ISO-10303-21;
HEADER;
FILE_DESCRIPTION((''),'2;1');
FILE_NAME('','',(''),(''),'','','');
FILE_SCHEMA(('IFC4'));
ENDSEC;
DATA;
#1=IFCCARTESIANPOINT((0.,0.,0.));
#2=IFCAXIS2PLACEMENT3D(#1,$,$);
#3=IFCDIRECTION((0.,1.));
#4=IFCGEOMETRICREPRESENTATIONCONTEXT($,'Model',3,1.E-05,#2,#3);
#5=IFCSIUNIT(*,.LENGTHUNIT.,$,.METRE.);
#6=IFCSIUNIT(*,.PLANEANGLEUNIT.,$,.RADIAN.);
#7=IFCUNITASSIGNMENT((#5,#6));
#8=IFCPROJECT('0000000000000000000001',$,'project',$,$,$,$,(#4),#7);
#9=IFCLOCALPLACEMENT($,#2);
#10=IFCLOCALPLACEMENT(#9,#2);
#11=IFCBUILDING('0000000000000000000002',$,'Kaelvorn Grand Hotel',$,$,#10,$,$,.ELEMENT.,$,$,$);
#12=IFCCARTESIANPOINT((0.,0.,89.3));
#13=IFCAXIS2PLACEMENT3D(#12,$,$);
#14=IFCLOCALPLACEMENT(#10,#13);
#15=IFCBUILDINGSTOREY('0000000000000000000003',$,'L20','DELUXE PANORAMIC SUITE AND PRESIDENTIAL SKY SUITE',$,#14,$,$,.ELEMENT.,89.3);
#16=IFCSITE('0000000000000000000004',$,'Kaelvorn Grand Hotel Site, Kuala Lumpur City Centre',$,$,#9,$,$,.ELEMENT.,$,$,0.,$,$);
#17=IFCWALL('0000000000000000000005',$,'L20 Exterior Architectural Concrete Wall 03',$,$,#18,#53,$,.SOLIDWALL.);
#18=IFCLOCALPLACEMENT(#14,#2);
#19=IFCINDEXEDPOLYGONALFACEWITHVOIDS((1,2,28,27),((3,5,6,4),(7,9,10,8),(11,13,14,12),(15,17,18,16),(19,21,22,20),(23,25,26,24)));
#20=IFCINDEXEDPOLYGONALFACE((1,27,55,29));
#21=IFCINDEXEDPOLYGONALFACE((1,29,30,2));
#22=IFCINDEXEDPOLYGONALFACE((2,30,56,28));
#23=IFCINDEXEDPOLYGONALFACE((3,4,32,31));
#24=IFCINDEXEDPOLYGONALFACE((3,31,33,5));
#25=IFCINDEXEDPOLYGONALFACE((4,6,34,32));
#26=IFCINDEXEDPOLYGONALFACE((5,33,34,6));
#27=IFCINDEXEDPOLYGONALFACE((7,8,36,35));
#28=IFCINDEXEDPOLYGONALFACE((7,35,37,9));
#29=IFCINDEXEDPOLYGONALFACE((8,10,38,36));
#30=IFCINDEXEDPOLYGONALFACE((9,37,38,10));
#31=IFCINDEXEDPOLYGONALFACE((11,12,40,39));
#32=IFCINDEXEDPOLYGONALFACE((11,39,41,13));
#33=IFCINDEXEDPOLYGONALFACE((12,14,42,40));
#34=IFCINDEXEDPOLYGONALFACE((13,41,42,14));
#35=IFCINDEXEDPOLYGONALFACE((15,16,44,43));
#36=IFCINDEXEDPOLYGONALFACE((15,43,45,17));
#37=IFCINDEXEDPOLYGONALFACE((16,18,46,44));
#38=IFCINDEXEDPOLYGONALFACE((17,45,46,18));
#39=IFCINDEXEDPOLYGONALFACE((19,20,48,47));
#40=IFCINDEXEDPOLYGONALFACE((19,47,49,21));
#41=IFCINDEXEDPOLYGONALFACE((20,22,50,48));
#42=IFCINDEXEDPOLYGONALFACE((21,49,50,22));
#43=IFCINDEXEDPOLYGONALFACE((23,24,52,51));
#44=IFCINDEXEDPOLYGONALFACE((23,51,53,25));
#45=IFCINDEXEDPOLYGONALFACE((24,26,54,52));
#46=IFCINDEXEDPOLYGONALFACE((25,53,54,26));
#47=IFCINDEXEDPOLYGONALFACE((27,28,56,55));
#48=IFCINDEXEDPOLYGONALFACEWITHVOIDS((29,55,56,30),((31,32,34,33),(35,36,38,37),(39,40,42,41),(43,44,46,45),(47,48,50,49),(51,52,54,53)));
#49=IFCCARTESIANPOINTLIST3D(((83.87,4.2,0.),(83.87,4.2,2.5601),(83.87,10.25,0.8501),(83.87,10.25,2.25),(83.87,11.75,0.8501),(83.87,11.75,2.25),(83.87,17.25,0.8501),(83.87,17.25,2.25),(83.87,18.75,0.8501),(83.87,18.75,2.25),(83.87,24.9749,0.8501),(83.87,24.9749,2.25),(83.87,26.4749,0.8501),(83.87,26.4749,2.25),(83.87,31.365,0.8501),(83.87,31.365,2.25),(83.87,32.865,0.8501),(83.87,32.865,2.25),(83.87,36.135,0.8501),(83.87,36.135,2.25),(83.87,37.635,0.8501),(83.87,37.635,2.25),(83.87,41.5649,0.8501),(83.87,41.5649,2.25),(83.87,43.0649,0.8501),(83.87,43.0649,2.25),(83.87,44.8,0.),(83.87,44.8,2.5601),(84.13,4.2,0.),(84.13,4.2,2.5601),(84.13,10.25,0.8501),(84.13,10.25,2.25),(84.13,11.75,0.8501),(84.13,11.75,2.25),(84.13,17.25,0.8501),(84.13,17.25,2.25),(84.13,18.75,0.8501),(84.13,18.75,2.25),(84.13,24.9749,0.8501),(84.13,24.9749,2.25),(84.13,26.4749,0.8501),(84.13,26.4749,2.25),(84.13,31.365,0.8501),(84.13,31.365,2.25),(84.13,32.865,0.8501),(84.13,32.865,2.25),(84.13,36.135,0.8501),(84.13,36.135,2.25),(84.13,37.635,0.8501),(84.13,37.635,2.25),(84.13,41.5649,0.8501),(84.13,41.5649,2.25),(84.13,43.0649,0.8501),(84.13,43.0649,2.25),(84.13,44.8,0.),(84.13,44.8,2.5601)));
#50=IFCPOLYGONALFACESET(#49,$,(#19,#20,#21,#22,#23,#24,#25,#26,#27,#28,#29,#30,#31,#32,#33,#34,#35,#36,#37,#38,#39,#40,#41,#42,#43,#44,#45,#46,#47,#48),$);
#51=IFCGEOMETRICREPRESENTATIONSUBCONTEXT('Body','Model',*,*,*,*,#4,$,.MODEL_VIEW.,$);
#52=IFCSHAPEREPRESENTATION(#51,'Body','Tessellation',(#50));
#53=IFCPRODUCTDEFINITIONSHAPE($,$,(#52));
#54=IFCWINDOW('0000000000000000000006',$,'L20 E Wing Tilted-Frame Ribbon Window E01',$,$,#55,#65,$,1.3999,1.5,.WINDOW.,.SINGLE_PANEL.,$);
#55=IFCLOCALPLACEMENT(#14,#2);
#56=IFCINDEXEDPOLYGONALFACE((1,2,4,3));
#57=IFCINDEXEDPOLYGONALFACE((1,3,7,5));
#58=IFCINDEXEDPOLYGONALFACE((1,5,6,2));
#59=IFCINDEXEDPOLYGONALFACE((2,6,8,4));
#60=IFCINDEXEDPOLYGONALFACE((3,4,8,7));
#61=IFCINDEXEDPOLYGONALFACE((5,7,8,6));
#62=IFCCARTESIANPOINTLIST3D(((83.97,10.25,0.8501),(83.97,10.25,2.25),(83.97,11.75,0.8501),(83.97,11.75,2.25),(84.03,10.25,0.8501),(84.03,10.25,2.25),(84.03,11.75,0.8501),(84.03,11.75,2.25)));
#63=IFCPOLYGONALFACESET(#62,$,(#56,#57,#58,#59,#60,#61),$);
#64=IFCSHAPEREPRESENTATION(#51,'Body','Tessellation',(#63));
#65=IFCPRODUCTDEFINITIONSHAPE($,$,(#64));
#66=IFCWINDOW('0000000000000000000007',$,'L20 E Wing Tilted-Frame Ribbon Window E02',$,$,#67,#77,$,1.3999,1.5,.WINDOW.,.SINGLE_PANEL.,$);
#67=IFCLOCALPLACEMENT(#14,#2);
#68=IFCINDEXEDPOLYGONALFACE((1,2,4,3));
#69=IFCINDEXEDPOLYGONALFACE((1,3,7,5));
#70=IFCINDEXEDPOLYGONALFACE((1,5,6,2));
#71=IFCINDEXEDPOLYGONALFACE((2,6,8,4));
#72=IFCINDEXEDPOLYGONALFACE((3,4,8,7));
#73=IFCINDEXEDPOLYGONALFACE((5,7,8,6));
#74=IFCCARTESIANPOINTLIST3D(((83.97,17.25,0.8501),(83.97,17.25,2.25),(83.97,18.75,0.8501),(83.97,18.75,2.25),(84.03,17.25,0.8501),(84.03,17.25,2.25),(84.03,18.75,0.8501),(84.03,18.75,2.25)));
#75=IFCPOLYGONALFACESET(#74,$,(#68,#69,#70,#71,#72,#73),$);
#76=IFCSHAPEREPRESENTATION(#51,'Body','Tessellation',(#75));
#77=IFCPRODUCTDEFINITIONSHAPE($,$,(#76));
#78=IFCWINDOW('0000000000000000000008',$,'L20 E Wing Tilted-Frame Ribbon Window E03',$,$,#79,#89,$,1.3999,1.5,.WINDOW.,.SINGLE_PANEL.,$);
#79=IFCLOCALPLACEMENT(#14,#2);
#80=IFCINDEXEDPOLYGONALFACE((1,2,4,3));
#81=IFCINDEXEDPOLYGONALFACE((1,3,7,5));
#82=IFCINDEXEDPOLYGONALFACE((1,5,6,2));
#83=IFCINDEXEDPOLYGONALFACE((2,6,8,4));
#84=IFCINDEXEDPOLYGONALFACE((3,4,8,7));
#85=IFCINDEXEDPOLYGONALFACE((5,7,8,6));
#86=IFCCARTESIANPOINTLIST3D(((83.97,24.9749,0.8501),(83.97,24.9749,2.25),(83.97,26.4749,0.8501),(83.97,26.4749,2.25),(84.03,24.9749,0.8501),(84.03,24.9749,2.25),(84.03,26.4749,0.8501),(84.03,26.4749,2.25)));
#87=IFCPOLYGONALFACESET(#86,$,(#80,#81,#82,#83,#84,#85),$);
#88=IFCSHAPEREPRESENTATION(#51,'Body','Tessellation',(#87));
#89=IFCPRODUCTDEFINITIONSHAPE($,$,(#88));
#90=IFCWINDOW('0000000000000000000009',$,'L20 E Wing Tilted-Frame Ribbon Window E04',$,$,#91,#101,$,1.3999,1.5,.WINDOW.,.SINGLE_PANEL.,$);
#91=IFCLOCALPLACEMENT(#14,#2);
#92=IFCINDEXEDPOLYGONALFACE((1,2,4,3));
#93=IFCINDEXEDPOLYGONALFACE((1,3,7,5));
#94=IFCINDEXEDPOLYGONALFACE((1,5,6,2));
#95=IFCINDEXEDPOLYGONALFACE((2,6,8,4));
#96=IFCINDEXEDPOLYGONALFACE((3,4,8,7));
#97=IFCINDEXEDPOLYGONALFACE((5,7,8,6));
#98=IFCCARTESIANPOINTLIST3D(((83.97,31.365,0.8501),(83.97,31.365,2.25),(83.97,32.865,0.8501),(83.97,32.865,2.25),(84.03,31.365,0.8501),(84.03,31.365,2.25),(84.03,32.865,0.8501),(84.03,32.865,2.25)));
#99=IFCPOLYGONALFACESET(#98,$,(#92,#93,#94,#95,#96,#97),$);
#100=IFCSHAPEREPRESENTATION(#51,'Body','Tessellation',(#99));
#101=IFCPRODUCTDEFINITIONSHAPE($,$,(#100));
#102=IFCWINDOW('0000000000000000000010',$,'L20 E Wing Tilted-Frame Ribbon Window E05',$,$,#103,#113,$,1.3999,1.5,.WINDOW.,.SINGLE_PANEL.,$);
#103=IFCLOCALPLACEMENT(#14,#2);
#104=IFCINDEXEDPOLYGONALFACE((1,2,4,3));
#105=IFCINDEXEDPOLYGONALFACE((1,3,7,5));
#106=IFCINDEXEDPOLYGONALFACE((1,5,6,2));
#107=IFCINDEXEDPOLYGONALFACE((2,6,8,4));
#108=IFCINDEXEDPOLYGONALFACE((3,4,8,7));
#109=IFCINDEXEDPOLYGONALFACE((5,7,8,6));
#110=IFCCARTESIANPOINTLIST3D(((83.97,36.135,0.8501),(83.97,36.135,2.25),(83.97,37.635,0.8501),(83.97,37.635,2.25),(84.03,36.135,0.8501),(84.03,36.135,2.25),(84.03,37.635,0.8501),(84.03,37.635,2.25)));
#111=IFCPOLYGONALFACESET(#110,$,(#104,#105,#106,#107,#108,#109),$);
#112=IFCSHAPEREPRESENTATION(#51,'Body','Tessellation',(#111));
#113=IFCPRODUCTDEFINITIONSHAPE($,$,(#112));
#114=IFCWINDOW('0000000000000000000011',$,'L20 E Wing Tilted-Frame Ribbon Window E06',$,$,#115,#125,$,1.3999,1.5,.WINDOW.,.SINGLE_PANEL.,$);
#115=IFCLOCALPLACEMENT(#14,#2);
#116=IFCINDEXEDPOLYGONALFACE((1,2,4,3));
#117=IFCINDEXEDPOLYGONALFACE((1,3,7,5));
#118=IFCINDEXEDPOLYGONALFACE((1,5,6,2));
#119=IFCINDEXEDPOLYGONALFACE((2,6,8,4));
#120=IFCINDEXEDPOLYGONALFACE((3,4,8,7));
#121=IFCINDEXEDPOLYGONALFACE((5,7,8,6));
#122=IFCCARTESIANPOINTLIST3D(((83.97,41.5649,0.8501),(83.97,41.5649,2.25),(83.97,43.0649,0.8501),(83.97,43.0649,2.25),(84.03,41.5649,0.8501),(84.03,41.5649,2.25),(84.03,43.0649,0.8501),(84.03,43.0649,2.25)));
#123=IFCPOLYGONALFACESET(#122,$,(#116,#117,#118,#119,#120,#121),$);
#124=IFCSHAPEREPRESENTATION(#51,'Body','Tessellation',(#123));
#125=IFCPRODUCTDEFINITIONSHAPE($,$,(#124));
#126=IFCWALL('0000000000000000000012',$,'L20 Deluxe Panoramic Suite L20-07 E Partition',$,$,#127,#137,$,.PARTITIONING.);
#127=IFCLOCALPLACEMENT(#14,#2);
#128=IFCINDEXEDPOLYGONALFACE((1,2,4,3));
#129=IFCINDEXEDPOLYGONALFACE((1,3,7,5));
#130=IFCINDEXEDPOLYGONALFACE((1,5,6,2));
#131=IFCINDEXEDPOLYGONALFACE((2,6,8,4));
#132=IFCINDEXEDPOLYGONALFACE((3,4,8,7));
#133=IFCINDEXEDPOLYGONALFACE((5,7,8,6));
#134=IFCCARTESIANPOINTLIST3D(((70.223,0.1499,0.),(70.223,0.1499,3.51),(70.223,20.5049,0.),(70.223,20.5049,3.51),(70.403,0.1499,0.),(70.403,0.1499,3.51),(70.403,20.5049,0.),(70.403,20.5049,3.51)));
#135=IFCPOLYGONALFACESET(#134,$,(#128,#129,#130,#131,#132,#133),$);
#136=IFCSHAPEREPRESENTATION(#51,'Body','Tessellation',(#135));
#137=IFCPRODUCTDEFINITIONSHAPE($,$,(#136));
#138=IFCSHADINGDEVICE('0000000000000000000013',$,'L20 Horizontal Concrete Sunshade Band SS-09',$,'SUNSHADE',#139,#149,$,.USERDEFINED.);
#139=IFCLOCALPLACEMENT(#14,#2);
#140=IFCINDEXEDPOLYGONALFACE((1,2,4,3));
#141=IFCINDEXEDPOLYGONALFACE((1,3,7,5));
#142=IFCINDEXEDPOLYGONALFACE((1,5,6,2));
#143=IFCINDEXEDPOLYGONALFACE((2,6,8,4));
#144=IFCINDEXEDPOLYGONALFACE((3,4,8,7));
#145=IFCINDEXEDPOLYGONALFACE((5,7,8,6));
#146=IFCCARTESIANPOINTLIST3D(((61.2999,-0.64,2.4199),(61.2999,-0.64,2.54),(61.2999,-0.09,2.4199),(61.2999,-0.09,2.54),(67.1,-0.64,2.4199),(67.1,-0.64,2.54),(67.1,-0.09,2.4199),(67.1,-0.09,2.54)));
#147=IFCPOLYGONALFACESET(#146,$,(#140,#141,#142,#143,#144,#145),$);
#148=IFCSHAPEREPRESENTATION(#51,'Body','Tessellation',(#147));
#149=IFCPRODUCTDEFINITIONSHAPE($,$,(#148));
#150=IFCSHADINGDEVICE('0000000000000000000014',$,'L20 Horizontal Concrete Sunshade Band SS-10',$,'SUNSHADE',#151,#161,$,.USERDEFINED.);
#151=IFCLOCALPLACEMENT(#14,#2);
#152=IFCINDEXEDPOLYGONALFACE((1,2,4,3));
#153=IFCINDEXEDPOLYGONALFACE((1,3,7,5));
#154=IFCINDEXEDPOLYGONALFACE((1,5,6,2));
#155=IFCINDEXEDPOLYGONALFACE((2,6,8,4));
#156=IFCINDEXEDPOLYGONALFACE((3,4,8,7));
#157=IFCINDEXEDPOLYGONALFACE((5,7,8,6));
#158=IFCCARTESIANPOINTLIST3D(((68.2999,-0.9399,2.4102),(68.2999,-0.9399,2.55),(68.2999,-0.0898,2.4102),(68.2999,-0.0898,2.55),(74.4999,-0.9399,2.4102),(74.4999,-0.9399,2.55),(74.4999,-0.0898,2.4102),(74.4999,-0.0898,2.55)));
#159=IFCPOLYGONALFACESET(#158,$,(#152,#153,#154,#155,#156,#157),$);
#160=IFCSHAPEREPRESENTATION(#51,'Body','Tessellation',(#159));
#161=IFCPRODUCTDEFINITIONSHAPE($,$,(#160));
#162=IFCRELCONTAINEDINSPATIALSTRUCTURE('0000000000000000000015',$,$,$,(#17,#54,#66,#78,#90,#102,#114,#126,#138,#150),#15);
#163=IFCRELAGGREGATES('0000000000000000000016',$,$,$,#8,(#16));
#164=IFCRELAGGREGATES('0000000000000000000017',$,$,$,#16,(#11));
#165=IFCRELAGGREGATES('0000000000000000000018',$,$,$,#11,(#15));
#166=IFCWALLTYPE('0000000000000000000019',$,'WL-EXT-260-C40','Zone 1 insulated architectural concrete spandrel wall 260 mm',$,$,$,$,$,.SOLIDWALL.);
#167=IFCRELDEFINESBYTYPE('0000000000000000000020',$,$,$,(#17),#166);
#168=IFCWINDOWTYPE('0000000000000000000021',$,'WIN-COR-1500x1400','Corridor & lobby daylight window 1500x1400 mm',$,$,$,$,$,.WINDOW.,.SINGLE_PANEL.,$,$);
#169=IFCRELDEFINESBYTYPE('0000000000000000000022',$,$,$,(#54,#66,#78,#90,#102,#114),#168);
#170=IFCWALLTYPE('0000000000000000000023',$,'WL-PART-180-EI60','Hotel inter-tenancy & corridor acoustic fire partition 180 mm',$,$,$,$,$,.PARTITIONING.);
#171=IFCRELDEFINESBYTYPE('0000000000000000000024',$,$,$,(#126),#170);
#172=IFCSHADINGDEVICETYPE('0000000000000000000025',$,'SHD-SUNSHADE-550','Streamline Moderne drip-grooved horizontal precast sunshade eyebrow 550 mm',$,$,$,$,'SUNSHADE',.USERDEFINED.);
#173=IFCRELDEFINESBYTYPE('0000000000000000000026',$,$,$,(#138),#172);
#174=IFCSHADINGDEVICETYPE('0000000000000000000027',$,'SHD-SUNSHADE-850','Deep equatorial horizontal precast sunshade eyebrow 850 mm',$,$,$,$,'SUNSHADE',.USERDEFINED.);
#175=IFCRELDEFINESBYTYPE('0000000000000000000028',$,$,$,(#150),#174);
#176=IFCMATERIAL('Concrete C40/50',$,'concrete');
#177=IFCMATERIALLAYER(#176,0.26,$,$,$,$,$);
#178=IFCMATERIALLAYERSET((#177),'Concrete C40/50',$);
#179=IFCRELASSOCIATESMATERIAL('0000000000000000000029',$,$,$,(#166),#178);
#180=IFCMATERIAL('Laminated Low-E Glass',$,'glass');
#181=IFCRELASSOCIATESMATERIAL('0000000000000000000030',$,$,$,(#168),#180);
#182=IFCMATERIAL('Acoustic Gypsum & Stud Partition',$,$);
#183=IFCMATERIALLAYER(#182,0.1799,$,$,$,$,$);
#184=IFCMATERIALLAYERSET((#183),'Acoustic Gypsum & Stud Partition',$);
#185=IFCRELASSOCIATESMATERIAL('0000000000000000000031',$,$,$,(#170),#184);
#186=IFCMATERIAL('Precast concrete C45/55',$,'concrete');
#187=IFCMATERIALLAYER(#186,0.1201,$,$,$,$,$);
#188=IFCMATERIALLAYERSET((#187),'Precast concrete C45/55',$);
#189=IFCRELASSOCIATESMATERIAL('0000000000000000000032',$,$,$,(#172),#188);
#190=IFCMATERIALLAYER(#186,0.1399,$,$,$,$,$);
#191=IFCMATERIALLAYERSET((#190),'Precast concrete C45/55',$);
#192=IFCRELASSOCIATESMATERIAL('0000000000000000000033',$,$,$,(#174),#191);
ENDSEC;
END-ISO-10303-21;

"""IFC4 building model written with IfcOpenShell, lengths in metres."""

from ifc_helpers import new_model, si_unit, direction, frame, frame_2d, origin, origin_2d, place, context, subcontext, project, spatial, rectangle, extrude, material, layer, layer_set, type_object, element, fill, save


model = new_model("IFC4")

# Units and contexts
model_context = context("Model", 3, precision=1e-05, world=origin(), true_north=direction((0.0, 1.0)))
body_context = subcontext(model_context, "Body", "Model", "MODEL_VIEW")
ifc_project = project(units=[si_unit("LENGTHUNIT", "METRE"), si_unit("PLANEANGLEUNIT", "RADIAN")], contexts=[model_context])

# Site, building, storey
site_placement = place(None, origin())
site = spatial("IfcSite", under=ifc_project, at=site_placement, Name="Kaelvorn Grand Hotel Site, Kuala Lumpur City Centre", CompositionType="ELEMENT", RefElevation=0.0)
building_placement = place(site_placement, origin())
building = spatial("IfcBuilding", under=site, at=building_placement, Name="Kaelvorn Grand Hotel", CompositionType="ELEMENT")
storey_placement = place(building_placement, frame((0.0, 0.0, 89.3)))
storey = spatial("IfcBuildingStorey", under=building, at=storey_placement, Name="L20", Description="DELUXE PANORAMIC SUITE AND PRESIDENTIAL SKY SUITE", CompositionType="ELEMENT", Elevation=89.3)

# Shared definitions
ifc_material_1 = material(Name="Concrete C40/50", Category="concrete")

# Shared definitions
ifc_material_2 = material(Name="Precast concrete C45/55", Category="concrete")

# Shared definitions
ifc_layer_1 = layer(ifc_material_1, 0.26)
ifc_layer_set_1 = layer_set([ifc_layer_1], Name="Concrete C40/50")
wall_type_1 = type_object("IfcWallType", Name="WL-EXT-260-C40", Description="Zone 1 insulated architectural concrete spandrel wall 260 mm", PredefinedType="SOLIDWALL", material=ifc_layer_set_1)

# Wall, openings, windows
wall_1_placement = place(storey_placement, frame((84.0, 4.2, 0.0), z_axis=(0.0, 0.0, 1.0), x_axis=(0.0, 1.0, 0.0)))
wall_1 = element("IfcWall", 1, at=wall_1_placement, inside=storey, type_object=wall_type_1, Name="L20 Exterior Architectural Concrete Wall 03", PredefinedType="SOLIDWALL", context=body_context, shape_type="SweptSolid", body=[
    extrude(rectangle(XDim=40.6001, YDim=0.26, at=frame_2d((20.3, 0.0))), origin(), (0.0, 0.0, 1.0), 2.5601),
])
opening_1_placement = place(wall_1_placement, frame((6.05, 0.0, 0.8501)))
opening_1 = element("IfcOpeningElement", 2, at=opening_1_placement, cuts=wall_1, PredefinedType="OPENING", context=body_context, shape_type="SweptSolid", body=[
    extrude(rectangle(XDim=1.5, YDim=1.3999, at=frame_2d((0.75, 0.7))), frame((0.0, 0.1401, 0.0), z_axis=(0.0, -1.0, 0.0), x_axis=(1.0, 0.0, 0.0)), (0.0, 0.0, 1.0), 0.28),
])
opening_2_placement = place(wall_1_placement, frame((13.05, 0.0, 0.8501)))
opening_2 = element("IfcOpeningElement", 3, at=opening_2_placement, cuts=wall_1, PredefinedType="OPENING", context=body_context, shape_type="SweptSolid", body=[
    extrude(rectangle(XDim=1.5, YDim=1.3999, at=frame_2d((0.75, 0.7))), frame((0.0, 0.1401, 0.0), z_axis=(0.0, -1.0, 0.0), x_axis=(1.0, 0.0, 0.0)), (0.0, 0.0, 1.0), 0.28),
])
opening_3_placement = place(wall_1_placement, frame((20.7749, 0.0, 0.8501)))
opening_3 = element("IfcOpeningElement", 4, at=opening_3_placement, cuts=wall_1, PredefinedType="OPENING", context=body_context, shape_type="SweptSolid", body=[
    extrude(rectangle(XDim=1.5, YDim=1.3999, at=frame_2d((0.75, 0.7))), frame((0.0, 0.1401, 0.0), z_axis=(0.0, -1.0, 0.0), x_axis=(1.0, 0.0, 0.0)), (0.0, 0.0, 1.0), 0.28),
])
opening_4_placement = place(wall_1_placement, frame((27.165, 0.0, 0.8501)))
opening_4 = element("IfcOpeningElement", 5, at=opening_4_placement, cuts=wall_1, PredefinedType="OPENING", context=body_context, shape_type="SweptSolid", body=[
    extrude(rectangle(XDim=1.5, YDim=1.3999, at=frame_2d((0.75, 0.7))), frame((0.0, 0.1401, 0.0), z_axis=(0.0, -1.0, 0.0), x_axis=(1.0, 0.0, 0.0)), (0.0, 0.0, 1.0), 0.28),
])
opening_5_placement = place(wall_1_placement, frame((31.9351, 0.0, 0.8501)))
opening_5 = element("IfcOpeningElement", 6, at=opening_5_placement, cuts=wall_1, PredefinedType="OPENING", context=body_context, shape_type="SweptSolid", body=[
    extrude(rectangle(XDim=1.5, YDim=1.3999, at=frame_2d((0.75, 0.7))), frame((0.0, 0.1401, 0.0), z_axis=(0.0, -1.0, 0.0), x_axis=(1.0, 0.0, 0.0)), (0.0, 0.0, 1.0), 0.28),
])
opening_6_placement = place(wall_1_placement, frame((37.365, 0.0, 0.8501)))
opening_6 = element("IfcOpeningElement", 7, at=opening_6_placement, cuts=wall_1, PredefinedType="OPENING", context=body_context, shape_type="SweptSolid", body=[
    extrude(rectangle(XDim=1.5, YDim=1.3999, at=frame_2d((0.75, 0.7))), frame((0.0, 0.1401, 0.0), z_axis=(0.0, -1.0, 0.0), x_axis=(1.0, 0.0, 0.0)), (0.0, 0.0, 1.0), 0.28),
])
ifc_material_3 = material(Name="Laminated Low-E Glass", Category="glass")
window_type = type_object("IfcWindowType", Name="WIN-COR-1500x1400", Description="Corridor & lobby daylight window 1500x1400 mm", PartitioningType="SINGLE_PANEL", PredefinedType="WINDOW", material=ifc_material_3)
window_1_placement = place(opening_1_placement, origin())
window_1 = element("IfcWindow", 8, at=window_1_placement, inside=storey, type_object=window_type, Name="L20 E Wing Tilted-Frame Ribbon Window E01", OverallHeight=1.3999, OverallWidth=1.5, PartitioningType="SINGLE_PANEL", PredefinedType="WINDOW", context=body_context, shape_type="SweptSolid", body=[
    extrude(rectangle(XDim=1.5, YDim=1.3999, at=frame_2d((0.75, 0.7))), frame((0.0, 0.03, 0.0), z_axis=(0.0, -1.0, 0.0), x_axis=(1.0, 0.0, 0.0)), (0.0, 0.0, 1.0), 0.0601),
])
fill(opening_1, window_1)
window_2_placement = place(opening_2_placement, origin())
window_2 = element("IfcWindow", 9, at=window_2_placement, inside=storey, type_object=window_type, Name="L20 E Wing Tilted-Frame Ribbon Window E02", OverallHeight=1.3999, OverallWidth=1.5, PartitioningType="SINGLE_PANEL", PredefinedType="WINDOW", context=body_context, shape_type="SweptSolid", body=[
    extrude(rectangle(XDim=1.5, YDim=1.3999, at=frame_2d((0.75, 0.7))), frame((0.0, 0.03, 0.0), z_axis=(0.0, -1.0, 0.0), x_axis=(1.0, 0.0, 0.0)), (0.0, 0.0, 1.0), 0.0601),
])
fill(opening_2, window_2)
window_3_placement = place(opening_3_placement, origin())
window_3 = element("IfcWindow", 10, at=window_3_placement, inside=storey, type_object=window_type, Name="L20 E Wing Tilted-Frame Ribbon Window E03", OverallHeight=1.3999, OverallWidth=1.5, PartitioningType="SINGLE_PANEL", PredefinedType="WINDOW", context=body_context, shape_type="SweptSolid", body=[
    extrude(rectangle(XDim=1.5, YDim=1.3999, at=frame_2d((0.75, 0.7))), frame((0.0, 0.03, 0.0), z_axis=(0.0, -1.0, 0.0), x_axis=(1.0, 0.0, 0.0)), (0.0, 0.0, 1.0), 0.0601),
])
fill(opening_3, window_3)
window_4_placement = place(opening_4_placement, origin())
window_4 = element("IfcWindow", 11, at=window_4_placement, inside=storey, type_object=window_type, Name="L20 E Wing Tilted-Frame Ribbon Window E04", OverallHeight=1.3999, OverallWidth=1.5, PartitioningType="SINGLE_PANEL", PredefinedType="WINDOW", context=body_context, shape_type="SweptSolid", body=[
    extrude(rectangle(XDim=1.5, YDim=1.3999, at=frame_2d((0.75, 0.7))), frame((0.0, 0.03, 0.0), z_axis=(0.0, -1.0, 0.0), x_axis=(1.0, 0.0, 0.0)), (0.0, 0.0, 1.0), 0.0601),
])
fill(opening_4, window_4)
window_5_placement = place(opening_5_placement, origin())
window_5 = element("IfcWindow", 12, at=window_5_placement, inside=storey, type_object=window_type, Name="L20 E Wing Tilted-Frame Ribbon Window E05", OverallHeight=1.3999, OverallWidth=1.5, PartitioningType="SINGLE_PANEL", PredefinedType="WINDOW", context=body_context, shape_type="SweptSolid", body=[
    extrude(rectangle(XDim=1.5, YDim=1.3999, at=frame_2d((0.75, 0.7))), frame((0.0, 0.03, 0.0), z_axis=(0.0, -1.0, 0.0), x_axis=(1.0, 0.0, 0.0)), (0.0, 0.0, 1.0), 0.0601),
])
fill(opening_5, window_5)
window_6_placement = place(opening_6_placement, origin())
window_6 = element("IfcWindow", 13, at=window_6_placement, inside=storey, type_object=window_type, Name="L20 E Wing Tilted-Frame Ribbon Window E06", OverallHeight=1.3999, OverallWidth=1.5, PartitioningType="SINGLE_PANEL", PredefinedType="WINDOW", context=body_context, shape_type="SweptSolid", body=[
    extrude(rectangle(XDim=1.5, YDim=1.3999, at=frame_2d((0.75, 0.7))), frame((0.0, 0.03, 0.0), z_axis=(0.0, -1.0, 0.0), x_axis=(1.0, 0.0, 0.0)), (0.0, 0.0, 1.0), 0.0601),
])
fill(opening_6, window_6)

# Wall
ifc_material_4 = material(Name="Acoustic Gypsum & Stud Partition")
ifc_layer_2 = layer(ifc_material_4, 0.1799)
ifc_layer_set_2 = layer_set([ifc_layer_2], Name="Acoustic Gypsum & Stud Partition")
wall_type_2 = type_object("IfcWallType", Name="WL-PART-180-EI60", Description="Hotel inter-tenancy & corridor acoustic fire partition 180 mm", PredefinedType="PARTITIONING", material=ifc_layer_set_2)
wall_2_placement = place(storey_placement, frame((70.313, 0.1499, 0.0), z_axis=(0.0, 0.0, 1.0), x_axis=(0.0, 1.0, 0.0)))
element("IfcWall", 14, at=wall_2_placement, inside=storey, type_object=wall_type_2, Name="L20 Deluxe Panoramic Suite L20-07 E Partition", PredefinedType="PARTITIONING", context=body_context, shape_type="SweptSolid", body=[
    extrude(rectangle(XDim=20.355, YDim=0.1799, at=frame_2d((10.1775, 0.0))), origin(), (0.0, 0.0, 1.0), 3.51),
])

# Shading devices
ifc_layer_3 = layer(ifc_material_2, 0.1201)
ifc_layer_set_3 = layer_set([ifc_layer_3], Name="Precast concrete C45/55")
shading_device_type_1 = type_object("IfcShadingDeviceType", Name="SHD-SUNSHADE-550", Description="Streamline Moderne drip-grooved horizontal precast sunshade eyebrow 550 mm", ElementType="SUNSHADE", PredefinedType="USERDEFINED", material=ifc_layer_set_3)
shading_device_1_placement = place(storey_placement, frame((64.2, -0.365, 2.4199), z_axis=(0.0, 0.0, 1.0), x_axis=(1.0, 0.0, 0.0)))
element("IfcShadingDevice", 15, at=shading_device_1_placement, inside=storey, type_object=shading_device_type_1, Name="L20 Horizontal Concrete Sunshade Band SS-09", ObjectType="SUNSHADE", PredefinedType="USERDEFINED", context=body_context, shape_type="SweptSolid", body=[
    extrude(rectangle(XDim=5.8, YDim=0.55, at=origin_2d()), origin(), (0.0, 0.0, 1.0), 0.1201),
])
ifc_layer_4 = layer(ifc_material_2, 0.1399)
ifc_layer_set_4 = layer_set([ifc_layer_4], Name="Precast concrete C45/55")
shading_device_type_2 = type_object("IfcShadingDeviceType", Name="SHD-SUNSHADE-850", Description="Deep equatorial horizontal precast sunshade eyebrow 850 mm", ElementType="SUNSHADE", PredefinedType="USERDEFINED", material=ifc_layer_set_4)
shading_device_2_placement = place(storey_placement, frame((71.3999, -0.5149, 2.4102), z_axis=(0.0, 0.0, 1.0), x_axis=(1.0, 0.0, 0.0)))
element("IfcShadingDevice", 16, at=shading_device_2_placement, inside=storey, type_object=shading_device_type_2, Name="L20 Horizontal Concrete Sunshade Band SS-10", ObjectType="SUNSHADE", PredefinedType="USERDEFINED", context=body_context, shape_type="SweptSolid", body=[
    extrude(rectangle(XDim=6.2, YDim=0.8501, at=origin_2d()), origin(), (0.0, 0.0, 1.0), 0.1399),
])

save(model, "model.ifc")
